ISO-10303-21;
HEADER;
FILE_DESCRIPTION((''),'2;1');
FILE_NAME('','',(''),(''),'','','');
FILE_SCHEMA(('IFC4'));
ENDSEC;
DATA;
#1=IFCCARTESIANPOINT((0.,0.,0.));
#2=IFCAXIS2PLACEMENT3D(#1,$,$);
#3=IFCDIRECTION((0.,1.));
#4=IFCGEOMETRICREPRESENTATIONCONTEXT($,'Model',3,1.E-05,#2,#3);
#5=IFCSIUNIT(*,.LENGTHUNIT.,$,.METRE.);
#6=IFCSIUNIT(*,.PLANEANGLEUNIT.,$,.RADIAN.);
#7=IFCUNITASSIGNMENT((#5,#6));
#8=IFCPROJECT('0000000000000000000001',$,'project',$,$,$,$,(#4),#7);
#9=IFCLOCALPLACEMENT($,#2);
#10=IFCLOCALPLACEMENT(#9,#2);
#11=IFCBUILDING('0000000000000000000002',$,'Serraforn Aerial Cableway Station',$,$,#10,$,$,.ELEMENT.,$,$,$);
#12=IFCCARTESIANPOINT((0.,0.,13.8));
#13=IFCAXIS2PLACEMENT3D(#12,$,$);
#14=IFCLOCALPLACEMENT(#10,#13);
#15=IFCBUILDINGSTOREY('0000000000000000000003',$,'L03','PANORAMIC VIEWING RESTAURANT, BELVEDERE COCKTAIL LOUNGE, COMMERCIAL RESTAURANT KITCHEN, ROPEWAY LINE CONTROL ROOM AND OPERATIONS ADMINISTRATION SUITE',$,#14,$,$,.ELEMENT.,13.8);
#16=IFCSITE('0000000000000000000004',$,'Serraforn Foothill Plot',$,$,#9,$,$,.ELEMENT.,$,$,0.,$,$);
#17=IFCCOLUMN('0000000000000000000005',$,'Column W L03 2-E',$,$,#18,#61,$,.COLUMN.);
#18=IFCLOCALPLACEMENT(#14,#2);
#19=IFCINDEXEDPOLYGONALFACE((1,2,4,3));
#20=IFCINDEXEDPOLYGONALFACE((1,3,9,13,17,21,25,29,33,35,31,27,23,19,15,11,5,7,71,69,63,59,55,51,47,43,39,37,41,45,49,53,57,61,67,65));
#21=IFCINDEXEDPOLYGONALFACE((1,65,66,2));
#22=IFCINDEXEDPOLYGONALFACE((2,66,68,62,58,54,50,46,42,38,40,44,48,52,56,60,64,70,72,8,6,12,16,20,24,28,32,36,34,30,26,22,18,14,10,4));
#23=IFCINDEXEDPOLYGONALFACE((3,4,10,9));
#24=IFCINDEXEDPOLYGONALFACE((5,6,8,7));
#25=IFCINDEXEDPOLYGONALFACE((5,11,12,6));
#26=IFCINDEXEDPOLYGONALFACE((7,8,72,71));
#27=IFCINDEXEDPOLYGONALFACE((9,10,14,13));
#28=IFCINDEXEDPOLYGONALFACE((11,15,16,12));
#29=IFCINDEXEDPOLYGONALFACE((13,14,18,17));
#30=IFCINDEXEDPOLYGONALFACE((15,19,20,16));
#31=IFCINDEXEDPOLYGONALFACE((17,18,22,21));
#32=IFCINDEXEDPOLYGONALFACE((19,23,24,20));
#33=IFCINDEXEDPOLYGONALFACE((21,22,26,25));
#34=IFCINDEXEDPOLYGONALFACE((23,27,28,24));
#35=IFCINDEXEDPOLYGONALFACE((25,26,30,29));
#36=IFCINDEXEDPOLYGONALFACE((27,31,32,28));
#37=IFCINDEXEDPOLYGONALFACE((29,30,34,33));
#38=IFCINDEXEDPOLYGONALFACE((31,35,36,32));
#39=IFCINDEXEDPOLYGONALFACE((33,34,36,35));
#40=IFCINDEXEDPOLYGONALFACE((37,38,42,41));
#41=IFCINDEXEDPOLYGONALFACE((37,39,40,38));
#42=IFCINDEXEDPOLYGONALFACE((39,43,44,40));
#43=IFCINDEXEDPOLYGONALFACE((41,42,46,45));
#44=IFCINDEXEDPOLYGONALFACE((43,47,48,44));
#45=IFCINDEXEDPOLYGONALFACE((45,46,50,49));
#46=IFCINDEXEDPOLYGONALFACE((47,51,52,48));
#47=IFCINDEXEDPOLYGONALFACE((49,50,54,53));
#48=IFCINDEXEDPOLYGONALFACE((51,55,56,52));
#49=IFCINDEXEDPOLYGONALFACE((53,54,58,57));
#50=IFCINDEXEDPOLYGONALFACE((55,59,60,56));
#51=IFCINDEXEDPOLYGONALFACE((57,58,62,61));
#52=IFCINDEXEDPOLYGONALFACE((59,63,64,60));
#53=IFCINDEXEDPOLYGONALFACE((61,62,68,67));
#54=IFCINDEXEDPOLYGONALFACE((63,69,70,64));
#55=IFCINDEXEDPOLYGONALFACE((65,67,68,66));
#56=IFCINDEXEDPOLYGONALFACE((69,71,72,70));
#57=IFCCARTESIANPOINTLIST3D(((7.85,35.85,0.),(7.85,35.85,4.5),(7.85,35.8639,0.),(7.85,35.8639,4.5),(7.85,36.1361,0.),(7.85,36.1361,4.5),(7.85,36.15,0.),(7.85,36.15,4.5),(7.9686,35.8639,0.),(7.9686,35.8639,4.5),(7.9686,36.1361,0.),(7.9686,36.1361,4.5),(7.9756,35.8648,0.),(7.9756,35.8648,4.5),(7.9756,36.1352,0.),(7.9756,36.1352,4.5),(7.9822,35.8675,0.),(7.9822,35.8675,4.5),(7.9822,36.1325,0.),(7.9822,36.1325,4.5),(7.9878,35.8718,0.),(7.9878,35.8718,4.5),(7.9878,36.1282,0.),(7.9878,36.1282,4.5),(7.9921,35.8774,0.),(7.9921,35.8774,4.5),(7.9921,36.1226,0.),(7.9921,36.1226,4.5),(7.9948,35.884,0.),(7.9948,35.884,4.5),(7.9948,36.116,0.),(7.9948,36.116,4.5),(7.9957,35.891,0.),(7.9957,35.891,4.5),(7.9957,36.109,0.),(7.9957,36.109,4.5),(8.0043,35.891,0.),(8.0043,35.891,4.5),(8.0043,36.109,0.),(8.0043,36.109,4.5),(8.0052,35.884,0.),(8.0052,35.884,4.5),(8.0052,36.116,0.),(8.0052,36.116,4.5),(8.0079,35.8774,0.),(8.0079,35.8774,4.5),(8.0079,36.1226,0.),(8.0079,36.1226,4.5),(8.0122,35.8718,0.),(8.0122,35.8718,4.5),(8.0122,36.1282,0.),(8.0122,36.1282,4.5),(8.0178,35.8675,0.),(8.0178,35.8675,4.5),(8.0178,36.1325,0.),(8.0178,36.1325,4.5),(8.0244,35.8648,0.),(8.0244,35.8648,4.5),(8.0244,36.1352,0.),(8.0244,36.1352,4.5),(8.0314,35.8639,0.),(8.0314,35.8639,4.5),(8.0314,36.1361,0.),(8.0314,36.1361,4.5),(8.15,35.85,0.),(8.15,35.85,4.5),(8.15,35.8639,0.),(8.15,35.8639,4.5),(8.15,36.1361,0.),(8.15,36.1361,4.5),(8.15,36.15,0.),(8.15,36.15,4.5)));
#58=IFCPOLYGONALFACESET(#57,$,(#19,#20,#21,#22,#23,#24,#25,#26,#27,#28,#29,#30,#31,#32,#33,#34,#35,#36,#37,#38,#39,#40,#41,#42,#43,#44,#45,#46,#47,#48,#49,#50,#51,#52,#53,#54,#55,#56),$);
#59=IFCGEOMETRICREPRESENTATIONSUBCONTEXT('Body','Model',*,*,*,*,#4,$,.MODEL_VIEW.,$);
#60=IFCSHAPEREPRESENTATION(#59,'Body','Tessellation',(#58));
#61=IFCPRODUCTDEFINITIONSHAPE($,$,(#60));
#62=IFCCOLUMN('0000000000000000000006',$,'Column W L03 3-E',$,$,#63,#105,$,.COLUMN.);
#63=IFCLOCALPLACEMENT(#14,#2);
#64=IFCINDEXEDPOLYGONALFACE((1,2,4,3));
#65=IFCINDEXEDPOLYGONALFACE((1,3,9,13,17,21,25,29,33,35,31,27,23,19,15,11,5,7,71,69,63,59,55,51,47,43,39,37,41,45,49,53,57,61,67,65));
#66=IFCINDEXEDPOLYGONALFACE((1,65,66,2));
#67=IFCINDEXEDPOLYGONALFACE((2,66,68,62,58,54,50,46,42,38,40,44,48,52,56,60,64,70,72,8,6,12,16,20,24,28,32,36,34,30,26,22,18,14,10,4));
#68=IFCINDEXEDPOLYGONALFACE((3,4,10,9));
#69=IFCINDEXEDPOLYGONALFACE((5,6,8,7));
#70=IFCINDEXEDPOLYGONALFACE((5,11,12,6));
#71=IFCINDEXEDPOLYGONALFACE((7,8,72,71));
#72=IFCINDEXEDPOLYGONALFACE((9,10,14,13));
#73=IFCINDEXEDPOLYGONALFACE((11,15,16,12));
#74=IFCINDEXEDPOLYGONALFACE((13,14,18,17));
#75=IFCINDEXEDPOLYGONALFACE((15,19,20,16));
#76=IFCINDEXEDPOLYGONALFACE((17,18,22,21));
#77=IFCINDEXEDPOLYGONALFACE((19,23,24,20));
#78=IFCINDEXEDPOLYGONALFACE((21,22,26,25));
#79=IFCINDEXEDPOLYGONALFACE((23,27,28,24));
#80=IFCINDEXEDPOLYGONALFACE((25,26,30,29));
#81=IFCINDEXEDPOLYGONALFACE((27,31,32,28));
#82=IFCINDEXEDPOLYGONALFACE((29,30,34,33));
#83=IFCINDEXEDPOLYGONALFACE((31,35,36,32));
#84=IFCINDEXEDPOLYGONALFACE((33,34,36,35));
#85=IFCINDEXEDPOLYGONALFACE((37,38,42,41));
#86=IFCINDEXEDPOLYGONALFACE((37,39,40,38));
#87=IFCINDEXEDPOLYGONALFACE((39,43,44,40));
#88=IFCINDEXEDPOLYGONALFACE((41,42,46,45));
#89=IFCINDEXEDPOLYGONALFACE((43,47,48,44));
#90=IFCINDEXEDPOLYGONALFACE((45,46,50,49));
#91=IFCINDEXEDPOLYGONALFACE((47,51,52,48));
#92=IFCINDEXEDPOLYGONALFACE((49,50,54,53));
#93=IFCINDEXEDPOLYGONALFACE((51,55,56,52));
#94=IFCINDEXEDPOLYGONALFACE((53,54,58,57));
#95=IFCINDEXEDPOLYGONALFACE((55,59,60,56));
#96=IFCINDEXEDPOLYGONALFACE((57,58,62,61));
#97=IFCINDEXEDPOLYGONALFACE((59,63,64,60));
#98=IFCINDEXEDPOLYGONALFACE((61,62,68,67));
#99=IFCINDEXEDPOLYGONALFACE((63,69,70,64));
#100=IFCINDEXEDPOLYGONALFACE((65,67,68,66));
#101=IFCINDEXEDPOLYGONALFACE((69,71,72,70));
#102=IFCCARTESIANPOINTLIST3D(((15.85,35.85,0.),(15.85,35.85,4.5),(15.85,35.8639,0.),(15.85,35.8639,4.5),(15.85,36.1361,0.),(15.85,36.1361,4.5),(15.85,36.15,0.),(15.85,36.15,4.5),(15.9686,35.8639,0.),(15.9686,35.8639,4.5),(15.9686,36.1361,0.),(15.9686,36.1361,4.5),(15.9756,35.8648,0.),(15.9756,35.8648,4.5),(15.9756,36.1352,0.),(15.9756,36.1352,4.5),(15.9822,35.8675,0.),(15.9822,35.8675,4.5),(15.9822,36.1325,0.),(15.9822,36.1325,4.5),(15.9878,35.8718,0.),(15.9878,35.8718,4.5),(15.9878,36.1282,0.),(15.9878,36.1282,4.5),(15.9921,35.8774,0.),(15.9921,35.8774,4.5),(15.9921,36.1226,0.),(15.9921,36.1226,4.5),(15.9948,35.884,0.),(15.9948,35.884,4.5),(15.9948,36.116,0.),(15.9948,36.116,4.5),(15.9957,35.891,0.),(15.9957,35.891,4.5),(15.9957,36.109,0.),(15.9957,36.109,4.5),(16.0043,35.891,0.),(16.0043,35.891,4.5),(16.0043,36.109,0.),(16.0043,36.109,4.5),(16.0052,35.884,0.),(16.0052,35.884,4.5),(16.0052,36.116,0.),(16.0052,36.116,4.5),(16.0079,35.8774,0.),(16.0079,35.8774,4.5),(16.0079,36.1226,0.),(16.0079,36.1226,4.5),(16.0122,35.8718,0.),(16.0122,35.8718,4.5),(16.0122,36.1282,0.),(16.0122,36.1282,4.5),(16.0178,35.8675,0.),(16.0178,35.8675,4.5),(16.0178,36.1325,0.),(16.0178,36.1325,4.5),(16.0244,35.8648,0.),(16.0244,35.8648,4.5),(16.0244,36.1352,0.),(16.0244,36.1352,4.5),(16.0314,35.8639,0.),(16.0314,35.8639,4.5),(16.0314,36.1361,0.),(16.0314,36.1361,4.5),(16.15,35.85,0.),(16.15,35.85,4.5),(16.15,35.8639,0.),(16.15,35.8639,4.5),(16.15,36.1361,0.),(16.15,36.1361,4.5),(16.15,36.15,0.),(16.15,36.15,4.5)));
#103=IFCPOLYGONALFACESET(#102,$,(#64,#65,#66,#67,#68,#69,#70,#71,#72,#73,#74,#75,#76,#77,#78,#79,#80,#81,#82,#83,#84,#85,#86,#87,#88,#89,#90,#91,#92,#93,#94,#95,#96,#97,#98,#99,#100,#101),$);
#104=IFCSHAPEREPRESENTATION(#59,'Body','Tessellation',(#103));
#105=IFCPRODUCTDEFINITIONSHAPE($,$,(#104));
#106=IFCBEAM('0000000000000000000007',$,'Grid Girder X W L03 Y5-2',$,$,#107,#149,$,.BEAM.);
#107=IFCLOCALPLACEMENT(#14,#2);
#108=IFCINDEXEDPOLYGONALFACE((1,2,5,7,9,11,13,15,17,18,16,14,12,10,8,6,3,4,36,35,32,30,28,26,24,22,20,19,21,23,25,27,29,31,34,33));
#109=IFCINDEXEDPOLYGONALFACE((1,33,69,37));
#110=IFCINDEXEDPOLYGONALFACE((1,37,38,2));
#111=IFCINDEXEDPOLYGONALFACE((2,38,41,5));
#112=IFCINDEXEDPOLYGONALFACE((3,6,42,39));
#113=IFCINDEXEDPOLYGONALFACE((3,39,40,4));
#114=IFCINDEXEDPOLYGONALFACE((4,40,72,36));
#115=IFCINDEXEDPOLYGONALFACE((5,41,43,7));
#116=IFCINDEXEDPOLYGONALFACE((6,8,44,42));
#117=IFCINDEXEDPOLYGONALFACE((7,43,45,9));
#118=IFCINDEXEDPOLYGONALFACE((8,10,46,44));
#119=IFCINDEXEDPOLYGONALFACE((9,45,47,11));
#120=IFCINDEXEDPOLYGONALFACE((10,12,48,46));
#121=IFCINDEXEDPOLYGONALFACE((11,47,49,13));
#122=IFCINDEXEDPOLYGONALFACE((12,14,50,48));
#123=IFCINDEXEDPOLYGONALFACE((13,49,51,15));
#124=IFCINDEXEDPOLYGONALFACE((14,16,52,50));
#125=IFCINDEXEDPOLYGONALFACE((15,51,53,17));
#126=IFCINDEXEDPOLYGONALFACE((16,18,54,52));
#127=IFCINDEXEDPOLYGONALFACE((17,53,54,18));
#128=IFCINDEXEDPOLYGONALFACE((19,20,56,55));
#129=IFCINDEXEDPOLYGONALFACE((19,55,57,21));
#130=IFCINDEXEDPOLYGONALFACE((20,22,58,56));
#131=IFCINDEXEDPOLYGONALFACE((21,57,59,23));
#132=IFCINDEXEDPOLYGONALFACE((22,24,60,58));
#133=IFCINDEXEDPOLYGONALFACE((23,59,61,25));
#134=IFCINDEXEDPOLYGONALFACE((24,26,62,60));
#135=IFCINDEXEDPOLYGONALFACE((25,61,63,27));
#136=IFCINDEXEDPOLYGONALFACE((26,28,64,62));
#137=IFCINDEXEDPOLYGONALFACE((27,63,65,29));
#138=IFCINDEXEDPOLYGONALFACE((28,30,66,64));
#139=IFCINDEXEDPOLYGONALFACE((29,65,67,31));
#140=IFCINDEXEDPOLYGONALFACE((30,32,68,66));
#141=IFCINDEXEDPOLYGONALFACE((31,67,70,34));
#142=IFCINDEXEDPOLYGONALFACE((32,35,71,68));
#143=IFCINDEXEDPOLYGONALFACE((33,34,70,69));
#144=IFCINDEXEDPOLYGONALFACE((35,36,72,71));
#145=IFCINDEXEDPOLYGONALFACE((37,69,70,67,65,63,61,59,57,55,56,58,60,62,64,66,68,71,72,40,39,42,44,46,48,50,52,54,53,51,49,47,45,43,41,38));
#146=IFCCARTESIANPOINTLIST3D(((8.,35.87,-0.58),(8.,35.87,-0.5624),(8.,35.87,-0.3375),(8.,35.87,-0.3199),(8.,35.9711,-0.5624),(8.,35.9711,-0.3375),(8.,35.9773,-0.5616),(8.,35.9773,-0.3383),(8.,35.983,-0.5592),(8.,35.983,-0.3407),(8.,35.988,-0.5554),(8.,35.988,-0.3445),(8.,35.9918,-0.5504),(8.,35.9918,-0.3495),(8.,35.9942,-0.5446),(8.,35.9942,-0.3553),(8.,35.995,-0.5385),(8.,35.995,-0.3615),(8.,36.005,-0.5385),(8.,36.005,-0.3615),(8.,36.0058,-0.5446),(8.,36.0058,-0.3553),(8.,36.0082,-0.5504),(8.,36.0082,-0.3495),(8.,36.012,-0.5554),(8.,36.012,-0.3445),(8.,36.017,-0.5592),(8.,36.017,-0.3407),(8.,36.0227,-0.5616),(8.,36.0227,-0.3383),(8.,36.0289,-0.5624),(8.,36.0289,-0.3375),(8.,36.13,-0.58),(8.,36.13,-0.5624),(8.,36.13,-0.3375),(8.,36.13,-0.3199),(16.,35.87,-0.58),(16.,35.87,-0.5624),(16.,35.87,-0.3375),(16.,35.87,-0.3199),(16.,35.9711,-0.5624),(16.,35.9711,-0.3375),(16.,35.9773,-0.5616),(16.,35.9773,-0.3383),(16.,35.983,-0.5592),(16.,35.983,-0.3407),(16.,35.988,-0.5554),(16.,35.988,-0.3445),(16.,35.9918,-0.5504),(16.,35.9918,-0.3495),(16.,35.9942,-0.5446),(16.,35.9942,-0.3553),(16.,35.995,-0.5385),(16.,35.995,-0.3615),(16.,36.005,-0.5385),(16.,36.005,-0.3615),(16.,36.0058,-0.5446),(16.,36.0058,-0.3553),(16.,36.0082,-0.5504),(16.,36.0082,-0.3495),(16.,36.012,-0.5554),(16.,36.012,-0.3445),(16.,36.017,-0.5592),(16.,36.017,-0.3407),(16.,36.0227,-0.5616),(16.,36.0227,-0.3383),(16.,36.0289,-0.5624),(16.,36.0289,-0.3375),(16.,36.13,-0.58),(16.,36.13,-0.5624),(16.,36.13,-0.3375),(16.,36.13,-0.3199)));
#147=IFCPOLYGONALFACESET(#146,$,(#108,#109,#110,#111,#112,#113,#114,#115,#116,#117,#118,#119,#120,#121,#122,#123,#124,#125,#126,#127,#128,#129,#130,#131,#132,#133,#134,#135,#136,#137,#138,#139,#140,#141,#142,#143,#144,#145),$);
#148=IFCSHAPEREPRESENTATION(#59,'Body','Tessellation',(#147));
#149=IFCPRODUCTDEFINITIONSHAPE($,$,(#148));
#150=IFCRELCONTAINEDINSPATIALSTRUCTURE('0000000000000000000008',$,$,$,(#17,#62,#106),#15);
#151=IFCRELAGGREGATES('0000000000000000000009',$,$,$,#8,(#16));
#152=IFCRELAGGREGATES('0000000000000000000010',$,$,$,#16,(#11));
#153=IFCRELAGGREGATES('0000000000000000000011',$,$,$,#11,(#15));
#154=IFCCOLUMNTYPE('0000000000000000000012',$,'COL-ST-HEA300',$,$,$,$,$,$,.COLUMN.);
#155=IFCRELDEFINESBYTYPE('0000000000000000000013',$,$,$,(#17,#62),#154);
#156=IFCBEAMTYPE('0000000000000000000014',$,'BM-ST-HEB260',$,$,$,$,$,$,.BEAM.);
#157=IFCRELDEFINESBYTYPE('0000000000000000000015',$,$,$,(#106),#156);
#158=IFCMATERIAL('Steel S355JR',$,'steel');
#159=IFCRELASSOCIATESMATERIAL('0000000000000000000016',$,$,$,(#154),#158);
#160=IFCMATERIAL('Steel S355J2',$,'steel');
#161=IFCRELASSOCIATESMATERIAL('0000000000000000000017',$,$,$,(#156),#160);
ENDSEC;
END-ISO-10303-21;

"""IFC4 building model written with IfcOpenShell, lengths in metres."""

from ifc_helpers import new_model, si_unit, direction, frame, origin, origin_2d, place, context, subcontext, project, spatial, i_section, extrude, material, material_profile, profile_set, type_object, element, save


model = new_model("IFC4")

# Units and contexts
model_context = context("Model", 3, precision=1e-05, world=origin(), true_north=direction((0.0, 1.0)))
body_context = subcontext(model_context, "Body", "Model", "MODEL_VIEW")
ifc_project = project(units=[si_unit("LENGTHUNIT", "METRE"), si_unit("PLANEANGLEUNIT", "RADIAN")], contexts=[model_context])

# Site, building, storey
site_placement = place(None, origin())
site = spatial("IfcSite", under=ifc_project, at=site_placement, Name="Serraforn Foothill Plot", CompositionType="ELEMENT", RefElevation=0.0)
building_placement = place(site_placement, origin())
building = spatial("IfcBuilding", under=site, at=building_placement, Name="Serraforn Aerial Cableway Station", CompositionType="ELEMENT")
storey_placement = place(building_placement, frame((0.0, 0.0, 13.8)))
storey = spatial("IfcBuildingStorey", under=building, at=storey_placement, Name="L03", Description="PANORAMIC VIEWING RESTAURANT, BELVEDERE COCKTAIL LOUNGE, COMMERCIAL RESTAURANT KITCHEN, ROPEWAY LINE CONTROL ROOM AND OPERATIONS ADMINISTRATION SUITE", CompositionType="ELEMENT", Elevation=13.8)

# Columns
ifc_material_1 = material(Name="Steel S355JR", Category="steel")
ifc_material_profile_1 = material_profile(ifc_material_1, i_section(OverallWidth=0.3, OverallDepth=0.3, WebThickness=0.0085, FlangeThickness=0.0139, FilletRadius=0.0271, at=origin_2d()), Name="HEA 300")
ifc_profile_set_1 = profile_set([ifc_material_profile_1], Name="Steel S355JR")
column_type = type_object("IfcColumnType", Name="COL-ST-HEA300", PredefinedType="COLUMN", material=ifc_profile_set_1)
for number, where, z_axis, x_axis, name in (
    (1, (8.0, 36.0, 0.0), (0.0, 0.0, 1.0), (1.0, 0.0, 0.0), "Column W L03 2-E"),
    (2, (16.0, 36.0, 0.0), (0.0, 0.0, 1.0), (1.0, 0.0, 0.0), "Column W L03 3-E"),
):
    element("IfcColumn", number, at=place(storey_placement, frame(where, z_axis=z_axis, x_axis=x_axis)), inside=storey, type_object=column_type, Name=name, PredefinedType="COLUMN", context=body_context, shape_type="SweptSolid", body=[
        extrude(i_section(OverallWidth=0.3, OverallDepth=0.3, WebThickness=0.0085, FlangeThickness=0.0139, FilletRadius=0.0271, at=origin_2d()), origin(), (0.0, 0.0, 1.0), 4.5),
    ])

# Beam
ifc_material_2 = material(Name="Steel S355J2", Category="steel")
ifc_material_profile_2 = material_profile(ifc_material_2, i_section(OverallWidth=0.26, OverallDepth=0.26, WebThickness=0.01, FlangeThickness=0.0176, FilletRadius=0.0239, at=origin_2d()), Name="HEB 260")
ifc_profile_set_2 = profile_set([ifc_material_profile_2], Name="Steel S355J2")
beam_type_1 = type_object("IfcBeamType", Name="BM-ST-HEB260", PredefinedType="BEAM", material=ifc_profile_set_2)
beam_1_placement = place(storey_placement, frame((8.0, 36.0, -0.45), z_axis=(1.0, 0.0, 0.0), x_axis=(0.0, 1.0, 0.0)))
element("IfcBeam", 3, at=beam_1_placement, inside=storey, type_object=beam_type_1, Name="Grid Girder X W L03 Y5-2", PredefinedType="BEAM", context=body_context, shape_type="SweptSolid", body=[
    extrude(i_section(OverallWidth=0.26, OverallDepth=0.26, WebThickness=0.01, FlangeThickness=0.0176, FilletRadius=0.0239, at=origin_2d()), origin(), (0.0, 0.0, 1.0), 8.0),
])

save(model, "model.ifc")
